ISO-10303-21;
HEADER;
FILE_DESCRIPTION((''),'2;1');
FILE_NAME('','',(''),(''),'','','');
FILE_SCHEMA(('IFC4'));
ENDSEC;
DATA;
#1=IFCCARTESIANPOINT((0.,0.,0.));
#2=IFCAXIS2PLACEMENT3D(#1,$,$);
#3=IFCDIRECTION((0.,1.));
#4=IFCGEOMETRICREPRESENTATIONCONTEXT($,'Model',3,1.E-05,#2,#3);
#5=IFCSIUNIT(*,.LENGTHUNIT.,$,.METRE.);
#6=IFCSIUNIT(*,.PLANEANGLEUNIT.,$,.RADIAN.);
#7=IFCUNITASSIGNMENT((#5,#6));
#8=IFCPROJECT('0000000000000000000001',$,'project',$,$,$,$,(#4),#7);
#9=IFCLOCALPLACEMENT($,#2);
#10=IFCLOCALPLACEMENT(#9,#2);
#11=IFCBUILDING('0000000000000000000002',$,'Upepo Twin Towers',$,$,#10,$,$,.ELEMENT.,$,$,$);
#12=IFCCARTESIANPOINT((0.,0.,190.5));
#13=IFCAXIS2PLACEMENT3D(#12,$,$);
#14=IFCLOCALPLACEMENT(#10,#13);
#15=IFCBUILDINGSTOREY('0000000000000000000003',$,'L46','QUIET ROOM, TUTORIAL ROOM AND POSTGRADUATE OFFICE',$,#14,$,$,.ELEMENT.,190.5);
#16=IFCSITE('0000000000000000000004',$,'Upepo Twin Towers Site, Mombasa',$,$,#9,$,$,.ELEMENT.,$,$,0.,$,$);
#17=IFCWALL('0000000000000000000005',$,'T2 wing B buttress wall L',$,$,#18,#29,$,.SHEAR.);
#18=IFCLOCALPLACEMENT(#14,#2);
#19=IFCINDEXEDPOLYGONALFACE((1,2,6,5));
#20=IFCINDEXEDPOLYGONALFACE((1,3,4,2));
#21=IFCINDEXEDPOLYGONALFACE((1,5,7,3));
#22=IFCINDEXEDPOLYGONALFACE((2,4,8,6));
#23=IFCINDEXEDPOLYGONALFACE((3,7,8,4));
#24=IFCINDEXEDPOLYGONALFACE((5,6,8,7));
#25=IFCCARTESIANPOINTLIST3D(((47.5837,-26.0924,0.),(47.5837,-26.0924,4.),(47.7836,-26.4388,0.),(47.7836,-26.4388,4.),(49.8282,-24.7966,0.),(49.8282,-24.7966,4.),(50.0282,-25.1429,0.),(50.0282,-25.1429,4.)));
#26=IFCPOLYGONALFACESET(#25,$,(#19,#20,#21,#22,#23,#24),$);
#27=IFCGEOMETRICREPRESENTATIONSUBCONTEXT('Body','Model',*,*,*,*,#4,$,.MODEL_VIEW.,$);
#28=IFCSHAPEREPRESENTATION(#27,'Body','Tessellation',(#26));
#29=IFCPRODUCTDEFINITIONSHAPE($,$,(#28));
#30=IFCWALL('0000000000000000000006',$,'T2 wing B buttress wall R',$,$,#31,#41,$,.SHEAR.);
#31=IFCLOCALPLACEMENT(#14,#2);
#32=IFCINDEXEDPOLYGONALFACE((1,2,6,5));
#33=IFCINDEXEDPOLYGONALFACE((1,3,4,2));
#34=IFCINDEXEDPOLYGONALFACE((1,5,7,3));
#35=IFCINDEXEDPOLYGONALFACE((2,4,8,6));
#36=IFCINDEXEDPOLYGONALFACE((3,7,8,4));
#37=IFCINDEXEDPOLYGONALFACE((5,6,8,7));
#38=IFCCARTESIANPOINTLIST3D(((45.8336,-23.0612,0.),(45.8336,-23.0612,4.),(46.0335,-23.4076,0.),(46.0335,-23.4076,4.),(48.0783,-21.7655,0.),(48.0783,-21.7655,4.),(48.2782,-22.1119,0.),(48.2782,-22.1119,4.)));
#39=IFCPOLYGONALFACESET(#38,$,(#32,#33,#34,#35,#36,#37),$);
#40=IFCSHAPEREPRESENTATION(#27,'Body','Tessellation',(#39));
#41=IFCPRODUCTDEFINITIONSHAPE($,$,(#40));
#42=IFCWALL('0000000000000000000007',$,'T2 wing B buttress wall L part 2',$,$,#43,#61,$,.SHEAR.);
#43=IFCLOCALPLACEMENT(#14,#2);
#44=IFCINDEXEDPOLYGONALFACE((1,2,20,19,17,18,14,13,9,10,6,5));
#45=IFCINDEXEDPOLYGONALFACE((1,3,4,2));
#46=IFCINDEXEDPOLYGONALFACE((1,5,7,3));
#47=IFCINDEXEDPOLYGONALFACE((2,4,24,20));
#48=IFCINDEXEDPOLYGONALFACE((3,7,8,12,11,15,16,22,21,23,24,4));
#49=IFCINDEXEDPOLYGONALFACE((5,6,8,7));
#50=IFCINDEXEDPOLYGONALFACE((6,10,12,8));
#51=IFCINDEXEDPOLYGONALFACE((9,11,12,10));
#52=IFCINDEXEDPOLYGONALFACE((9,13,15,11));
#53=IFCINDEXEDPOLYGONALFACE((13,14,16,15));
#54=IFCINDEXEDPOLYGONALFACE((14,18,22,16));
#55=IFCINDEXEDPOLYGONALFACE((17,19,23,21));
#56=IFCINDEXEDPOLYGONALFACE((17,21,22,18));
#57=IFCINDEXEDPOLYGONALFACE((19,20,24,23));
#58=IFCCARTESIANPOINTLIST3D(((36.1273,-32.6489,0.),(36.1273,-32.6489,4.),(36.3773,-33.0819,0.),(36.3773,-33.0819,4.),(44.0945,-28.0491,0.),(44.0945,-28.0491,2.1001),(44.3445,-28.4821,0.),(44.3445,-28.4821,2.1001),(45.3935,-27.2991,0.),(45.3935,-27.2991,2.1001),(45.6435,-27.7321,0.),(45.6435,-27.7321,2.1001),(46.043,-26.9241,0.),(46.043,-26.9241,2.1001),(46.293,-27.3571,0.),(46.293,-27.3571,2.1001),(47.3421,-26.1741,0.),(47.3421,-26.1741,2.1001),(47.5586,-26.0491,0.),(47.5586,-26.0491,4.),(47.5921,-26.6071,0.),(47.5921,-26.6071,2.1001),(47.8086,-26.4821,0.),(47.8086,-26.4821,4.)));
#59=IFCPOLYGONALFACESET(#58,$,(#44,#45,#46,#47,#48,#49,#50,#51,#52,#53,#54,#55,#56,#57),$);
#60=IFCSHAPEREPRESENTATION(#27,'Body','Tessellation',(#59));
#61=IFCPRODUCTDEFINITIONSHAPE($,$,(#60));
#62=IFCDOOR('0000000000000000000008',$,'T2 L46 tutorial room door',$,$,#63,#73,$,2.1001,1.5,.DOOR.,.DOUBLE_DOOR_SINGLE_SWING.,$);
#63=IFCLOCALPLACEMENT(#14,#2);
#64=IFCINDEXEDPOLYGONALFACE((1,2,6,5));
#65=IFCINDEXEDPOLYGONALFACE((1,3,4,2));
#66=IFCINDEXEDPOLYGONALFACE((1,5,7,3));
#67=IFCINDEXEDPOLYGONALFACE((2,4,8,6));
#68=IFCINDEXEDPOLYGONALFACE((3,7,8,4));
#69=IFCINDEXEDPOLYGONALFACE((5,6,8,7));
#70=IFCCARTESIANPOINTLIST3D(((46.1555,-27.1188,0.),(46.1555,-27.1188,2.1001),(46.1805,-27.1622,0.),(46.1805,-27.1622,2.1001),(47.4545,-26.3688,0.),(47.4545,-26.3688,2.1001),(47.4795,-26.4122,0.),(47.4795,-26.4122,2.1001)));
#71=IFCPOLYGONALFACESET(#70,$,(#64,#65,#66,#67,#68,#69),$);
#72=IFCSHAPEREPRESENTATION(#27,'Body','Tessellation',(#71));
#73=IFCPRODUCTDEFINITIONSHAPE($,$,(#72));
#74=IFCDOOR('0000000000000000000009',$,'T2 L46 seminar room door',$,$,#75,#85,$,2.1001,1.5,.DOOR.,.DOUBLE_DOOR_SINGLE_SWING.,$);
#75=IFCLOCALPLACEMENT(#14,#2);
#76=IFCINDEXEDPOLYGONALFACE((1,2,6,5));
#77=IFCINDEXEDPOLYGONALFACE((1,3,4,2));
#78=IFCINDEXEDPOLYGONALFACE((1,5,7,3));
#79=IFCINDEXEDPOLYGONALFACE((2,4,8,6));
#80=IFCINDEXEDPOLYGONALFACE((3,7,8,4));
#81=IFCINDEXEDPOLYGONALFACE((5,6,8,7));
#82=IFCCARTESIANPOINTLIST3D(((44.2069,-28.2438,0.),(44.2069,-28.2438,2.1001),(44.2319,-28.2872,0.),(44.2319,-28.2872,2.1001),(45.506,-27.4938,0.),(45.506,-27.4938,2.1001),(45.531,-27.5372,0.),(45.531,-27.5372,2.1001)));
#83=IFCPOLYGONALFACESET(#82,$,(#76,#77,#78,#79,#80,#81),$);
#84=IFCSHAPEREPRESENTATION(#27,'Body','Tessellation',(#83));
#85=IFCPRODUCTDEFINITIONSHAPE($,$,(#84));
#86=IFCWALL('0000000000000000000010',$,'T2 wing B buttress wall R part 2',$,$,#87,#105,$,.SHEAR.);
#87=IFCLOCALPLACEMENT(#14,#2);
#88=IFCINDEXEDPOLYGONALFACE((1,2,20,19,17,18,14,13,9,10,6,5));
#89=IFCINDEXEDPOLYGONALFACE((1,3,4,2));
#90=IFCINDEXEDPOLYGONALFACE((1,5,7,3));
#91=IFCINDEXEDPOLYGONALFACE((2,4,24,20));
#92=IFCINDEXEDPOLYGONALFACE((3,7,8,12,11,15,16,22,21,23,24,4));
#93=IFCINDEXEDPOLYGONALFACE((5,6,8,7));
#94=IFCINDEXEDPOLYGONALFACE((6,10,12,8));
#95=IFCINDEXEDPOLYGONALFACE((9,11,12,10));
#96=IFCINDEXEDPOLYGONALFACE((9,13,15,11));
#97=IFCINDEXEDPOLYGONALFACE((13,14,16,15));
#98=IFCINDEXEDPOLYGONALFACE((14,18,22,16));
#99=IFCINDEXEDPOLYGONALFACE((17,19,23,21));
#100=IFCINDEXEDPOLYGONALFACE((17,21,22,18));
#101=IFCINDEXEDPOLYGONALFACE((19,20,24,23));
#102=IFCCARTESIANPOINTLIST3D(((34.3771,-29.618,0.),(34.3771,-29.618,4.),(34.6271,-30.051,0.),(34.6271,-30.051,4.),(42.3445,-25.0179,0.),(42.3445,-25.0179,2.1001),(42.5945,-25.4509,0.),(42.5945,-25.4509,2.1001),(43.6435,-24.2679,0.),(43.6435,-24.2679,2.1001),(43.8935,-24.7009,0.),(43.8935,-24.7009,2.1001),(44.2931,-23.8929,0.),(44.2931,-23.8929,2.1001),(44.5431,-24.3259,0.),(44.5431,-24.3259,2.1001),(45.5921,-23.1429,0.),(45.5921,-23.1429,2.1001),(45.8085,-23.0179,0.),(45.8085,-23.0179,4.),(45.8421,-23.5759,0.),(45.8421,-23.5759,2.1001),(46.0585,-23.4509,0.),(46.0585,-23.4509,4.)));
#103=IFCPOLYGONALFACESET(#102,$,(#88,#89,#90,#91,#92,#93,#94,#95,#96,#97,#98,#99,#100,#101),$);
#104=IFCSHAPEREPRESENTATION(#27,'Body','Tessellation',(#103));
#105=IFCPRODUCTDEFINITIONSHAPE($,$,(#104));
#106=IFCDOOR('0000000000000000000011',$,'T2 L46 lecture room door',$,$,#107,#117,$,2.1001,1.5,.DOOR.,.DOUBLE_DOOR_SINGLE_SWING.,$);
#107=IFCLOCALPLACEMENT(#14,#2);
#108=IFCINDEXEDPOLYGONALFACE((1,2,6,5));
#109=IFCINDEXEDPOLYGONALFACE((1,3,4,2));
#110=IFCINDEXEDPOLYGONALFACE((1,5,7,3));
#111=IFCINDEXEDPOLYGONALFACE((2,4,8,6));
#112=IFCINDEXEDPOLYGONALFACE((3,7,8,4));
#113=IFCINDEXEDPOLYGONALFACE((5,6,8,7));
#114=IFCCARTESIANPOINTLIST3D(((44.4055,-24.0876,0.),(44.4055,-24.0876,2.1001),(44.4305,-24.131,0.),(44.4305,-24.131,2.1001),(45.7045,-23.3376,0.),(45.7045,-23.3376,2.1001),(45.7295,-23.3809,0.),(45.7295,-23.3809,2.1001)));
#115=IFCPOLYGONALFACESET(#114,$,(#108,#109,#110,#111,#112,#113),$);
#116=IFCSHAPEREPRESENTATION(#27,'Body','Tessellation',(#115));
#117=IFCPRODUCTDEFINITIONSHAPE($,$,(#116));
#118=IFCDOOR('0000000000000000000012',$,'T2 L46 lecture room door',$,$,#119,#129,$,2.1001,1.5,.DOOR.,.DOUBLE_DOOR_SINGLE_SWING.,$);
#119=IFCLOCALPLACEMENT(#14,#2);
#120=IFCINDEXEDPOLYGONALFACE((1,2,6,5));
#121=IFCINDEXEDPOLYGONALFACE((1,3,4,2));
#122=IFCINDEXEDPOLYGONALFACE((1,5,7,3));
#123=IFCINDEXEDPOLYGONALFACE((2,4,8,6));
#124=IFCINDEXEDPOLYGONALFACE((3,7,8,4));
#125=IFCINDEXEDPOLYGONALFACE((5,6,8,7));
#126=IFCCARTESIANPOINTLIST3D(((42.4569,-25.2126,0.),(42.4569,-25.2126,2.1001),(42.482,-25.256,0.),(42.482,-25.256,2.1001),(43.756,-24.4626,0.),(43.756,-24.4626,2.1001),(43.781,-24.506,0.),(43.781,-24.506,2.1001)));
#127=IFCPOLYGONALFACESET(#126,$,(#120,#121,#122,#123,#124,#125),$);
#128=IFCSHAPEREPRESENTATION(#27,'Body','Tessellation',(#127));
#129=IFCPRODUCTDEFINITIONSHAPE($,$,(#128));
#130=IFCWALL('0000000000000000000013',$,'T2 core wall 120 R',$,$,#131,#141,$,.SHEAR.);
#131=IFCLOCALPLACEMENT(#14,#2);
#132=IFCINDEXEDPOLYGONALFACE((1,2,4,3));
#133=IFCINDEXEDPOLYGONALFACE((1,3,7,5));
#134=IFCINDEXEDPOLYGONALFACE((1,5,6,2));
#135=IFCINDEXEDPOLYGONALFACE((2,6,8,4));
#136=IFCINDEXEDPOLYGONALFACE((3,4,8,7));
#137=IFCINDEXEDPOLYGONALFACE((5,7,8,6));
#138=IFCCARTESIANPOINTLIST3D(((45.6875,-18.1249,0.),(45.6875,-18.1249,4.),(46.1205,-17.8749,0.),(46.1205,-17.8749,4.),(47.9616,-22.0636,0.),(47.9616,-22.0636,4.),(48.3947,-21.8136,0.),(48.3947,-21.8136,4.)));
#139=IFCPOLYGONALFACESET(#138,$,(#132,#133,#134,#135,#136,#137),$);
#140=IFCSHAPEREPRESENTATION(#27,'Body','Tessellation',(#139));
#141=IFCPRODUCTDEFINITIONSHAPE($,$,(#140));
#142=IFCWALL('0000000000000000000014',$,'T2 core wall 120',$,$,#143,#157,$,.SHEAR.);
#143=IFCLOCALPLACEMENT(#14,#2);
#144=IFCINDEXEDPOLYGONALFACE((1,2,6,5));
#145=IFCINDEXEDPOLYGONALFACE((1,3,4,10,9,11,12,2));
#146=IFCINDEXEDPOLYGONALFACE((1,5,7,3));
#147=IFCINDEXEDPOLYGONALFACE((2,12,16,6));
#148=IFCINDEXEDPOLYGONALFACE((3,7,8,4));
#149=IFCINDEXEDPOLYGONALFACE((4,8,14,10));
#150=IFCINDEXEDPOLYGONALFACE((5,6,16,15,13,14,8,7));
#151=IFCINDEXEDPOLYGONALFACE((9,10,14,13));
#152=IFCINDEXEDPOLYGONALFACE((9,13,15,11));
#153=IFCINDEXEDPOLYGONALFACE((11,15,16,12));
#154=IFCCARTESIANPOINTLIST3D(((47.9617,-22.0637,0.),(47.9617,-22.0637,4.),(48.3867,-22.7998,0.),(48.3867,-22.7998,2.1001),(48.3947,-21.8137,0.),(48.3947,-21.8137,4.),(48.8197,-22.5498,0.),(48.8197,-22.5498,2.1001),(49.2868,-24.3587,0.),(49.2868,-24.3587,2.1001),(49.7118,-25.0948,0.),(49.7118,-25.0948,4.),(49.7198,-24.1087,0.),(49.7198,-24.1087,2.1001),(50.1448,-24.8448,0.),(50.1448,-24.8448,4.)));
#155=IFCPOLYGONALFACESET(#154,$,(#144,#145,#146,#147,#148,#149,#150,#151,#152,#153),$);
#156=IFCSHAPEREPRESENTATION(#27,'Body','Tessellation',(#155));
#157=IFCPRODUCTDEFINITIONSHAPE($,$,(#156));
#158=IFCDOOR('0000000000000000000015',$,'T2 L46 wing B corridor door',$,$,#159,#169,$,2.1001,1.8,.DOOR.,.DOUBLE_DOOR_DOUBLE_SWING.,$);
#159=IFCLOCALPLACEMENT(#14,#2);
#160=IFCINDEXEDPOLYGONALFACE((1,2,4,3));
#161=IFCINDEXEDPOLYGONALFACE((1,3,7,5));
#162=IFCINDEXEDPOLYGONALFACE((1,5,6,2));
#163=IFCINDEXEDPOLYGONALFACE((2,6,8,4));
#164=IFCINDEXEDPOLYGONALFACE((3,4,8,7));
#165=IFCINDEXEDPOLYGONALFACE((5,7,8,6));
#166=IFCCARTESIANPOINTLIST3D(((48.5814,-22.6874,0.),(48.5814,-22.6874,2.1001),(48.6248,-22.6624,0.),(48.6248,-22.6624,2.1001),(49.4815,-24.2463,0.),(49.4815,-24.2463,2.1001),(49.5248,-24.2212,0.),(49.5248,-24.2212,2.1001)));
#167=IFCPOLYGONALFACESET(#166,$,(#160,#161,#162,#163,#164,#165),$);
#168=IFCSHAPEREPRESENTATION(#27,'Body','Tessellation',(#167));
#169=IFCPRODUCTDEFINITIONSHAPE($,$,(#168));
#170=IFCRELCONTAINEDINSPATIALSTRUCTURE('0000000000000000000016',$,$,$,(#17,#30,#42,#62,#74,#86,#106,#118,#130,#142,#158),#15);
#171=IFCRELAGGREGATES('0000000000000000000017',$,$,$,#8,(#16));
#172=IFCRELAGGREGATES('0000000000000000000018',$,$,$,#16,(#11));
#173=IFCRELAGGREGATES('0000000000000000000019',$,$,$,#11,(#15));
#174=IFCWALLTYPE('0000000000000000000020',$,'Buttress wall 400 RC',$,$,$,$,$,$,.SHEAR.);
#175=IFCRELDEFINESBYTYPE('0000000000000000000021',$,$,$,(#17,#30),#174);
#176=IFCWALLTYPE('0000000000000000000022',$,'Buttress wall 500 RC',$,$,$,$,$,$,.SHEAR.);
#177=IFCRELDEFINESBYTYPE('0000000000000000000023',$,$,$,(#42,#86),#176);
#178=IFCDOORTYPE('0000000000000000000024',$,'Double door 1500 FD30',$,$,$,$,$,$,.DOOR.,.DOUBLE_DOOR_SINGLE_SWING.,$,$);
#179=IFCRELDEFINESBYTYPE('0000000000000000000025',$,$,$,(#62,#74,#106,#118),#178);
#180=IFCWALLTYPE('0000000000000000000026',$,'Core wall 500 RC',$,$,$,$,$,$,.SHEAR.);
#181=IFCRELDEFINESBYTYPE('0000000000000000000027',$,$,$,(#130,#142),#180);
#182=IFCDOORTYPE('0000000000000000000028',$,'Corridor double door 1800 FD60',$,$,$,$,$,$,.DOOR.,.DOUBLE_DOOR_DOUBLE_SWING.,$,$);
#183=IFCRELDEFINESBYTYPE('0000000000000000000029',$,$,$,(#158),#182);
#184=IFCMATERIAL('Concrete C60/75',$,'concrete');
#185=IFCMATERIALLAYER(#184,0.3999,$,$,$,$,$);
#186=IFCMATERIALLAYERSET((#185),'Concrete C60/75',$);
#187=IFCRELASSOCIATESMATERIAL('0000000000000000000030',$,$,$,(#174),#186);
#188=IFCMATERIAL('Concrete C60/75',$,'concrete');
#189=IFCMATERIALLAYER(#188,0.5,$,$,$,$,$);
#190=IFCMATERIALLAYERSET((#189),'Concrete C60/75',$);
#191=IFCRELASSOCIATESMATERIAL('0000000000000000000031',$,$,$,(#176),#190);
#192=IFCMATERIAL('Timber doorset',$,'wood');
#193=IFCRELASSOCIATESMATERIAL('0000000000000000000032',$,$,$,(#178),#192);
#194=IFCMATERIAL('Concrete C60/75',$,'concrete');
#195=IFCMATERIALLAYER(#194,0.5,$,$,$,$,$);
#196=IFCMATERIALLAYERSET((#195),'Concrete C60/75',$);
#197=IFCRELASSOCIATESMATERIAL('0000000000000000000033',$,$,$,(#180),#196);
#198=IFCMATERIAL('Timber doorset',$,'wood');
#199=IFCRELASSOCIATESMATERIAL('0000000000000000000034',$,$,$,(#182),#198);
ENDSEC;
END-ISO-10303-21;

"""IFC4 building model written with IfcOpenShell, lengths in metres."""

from ifc_helpers import new_model, si_unit, direction, frame, frame_2d, origin, place, context, subcontext, project, spatial, rectangle, extrude, material, layer, layer_set, type_object, element, fill, save


model = new_model("IFC4")

# Units and contexts
model_context = context("Model", 3, precision=1e-05, world=origin(), true_north=direction((0.0, 1.0)))
body_context = subcontext(model_context, "Body", "Model", "MODEL_VIEW")
ifc_project = project(units=[si_unit("LENGTHUNIT", "METRE"), si_unit("PLANEANGLEUNIT", "RADIAN")], contexts=[model_context])

# Site, building, storey
site_placement = place(None, origin())
site = spatial("IfcSite", under=ifc_project, at=site_placement, Name="Upepo Twin Towers Site, Mombasa", CompositionType="ELEMENT", RefElevation=0.0)
building_placement = place(site_placement, origin())
building = spatial("IfcBuilding", under=site, at=building_placement, Name="Upepo Twin Towers", CompositionType="ELEMENT")
storey_placement = place(building_placement, frame((0.0, 0.0, 190.5)))
storey = spatial("IfcBuildingStorey", under=building, at=storey_placement, Name="L46", Description="QUIET ROOM, TUTORIAL ROOM AND POSTGRADUATE OFFICE", CompositionType="ELEMENT", Elevation=190.5)

# Walls
ifc_material_1 = material(Name="Concrete C60/75", Category="concrete")
ifc_layer_1 = layer(ifc_material_1, 0.3999)
ifc_layer_set_1 = layer_set([ifc_layer_1], Name="Concrete C60/75")
wall_type_1 = type_object("IfcWallType", Name="Buttress wall 400 RC", PredefinedType="SHEAR", material=ifc_layer_set_1)
for number, where, z_axis, x_axis, name in (
    (1, (49.9282, -24.9697, 0.0), (0.0, 0.0, 1.0), (-0.866032, -0.499989, 0.0), "T2 wing B buttress wall L"),
    (2, (48.1782, -21.9387, 0.0), (0.0, 0.0, 1.0), (-0.866073, -0.499918, 0.0), "T2 wing B buttress wall R"),
):
    element("IfcWall", number, at=place(storey_placement, frame(where, z_axis=z_axis, x_axis=x_axis)), inside=storey, type_object=wall_type_1, Name=name, PredefinedType="SHEAR", context=body_context, shape_type="SweptSolid", body=[
        extrude(rectangle(XDim=2.5918, YDim=0.3999, at=frame_2d((1.2959, 0.0))), origin(), (0.0, 0.0, 1.0), 4.0),
    ])

# Walls, openings, doors
ifc_material_2 = material(Name="Concrete C60/75", Category="concrete")
ifc_layer_2 = layer(ifc_material_2, 0.5)
ifc_layer_set_2 = layer_set([ifc_layer_2], Name="Concrete C60/75")
wall_type_2 = type_object("IfcWallType", Name="Buttress wall 500 RC", PredefinedType="SHEAR", material=ifc_layer_set_2)
wall_1_placement = place(storey_placement, frame((47.6836, -26.2656, 0.0), z_axis=(0.0, 0.0, 1.0), x_axis=(-0.866028, -0.499996, 0.0)))
wall_1 = element("IfcWall", 3, at=wall_1_placement, inside=storey, type_object=wall_type_2, Name="T2 wing B buttress wall L part 2", PredefinedType="SHEAR", context=body_context, shape_type="SweptSolid", body=[
    extrude(rectangle(XDim=13.1997, YDim=0.5, at=frame_2d((6.5999, 0.0))), origin(), (0.0, 0.0, 1.0), 4.0),
])
opening_1_placement = place(wall_1_placement, frame((0.25, 0.0, 0.0)))
opening_1 = element("IfcOpeningElement", 4, at=opening_1_placement, cuts=wall_1, PredefinedType="OPENING", context=body_context, shape_type="SweptSolid", body=[
    extrude(rectangle(XDim=1.5, YDim=2.1001, at=frame_2d((0.75, 1.05))), frame((0.0, 0.26, 0.0), z_axis=(0.0, -1.0, 0.0), x_axis=(1.0, 0.0, 0.0)), (0.0, 0.0, 1.0), 0.52),
])
opening_2_placement = place(wall_1_placement, frame((2.5, 0.0, 0.0)))
opening_2 = element("IfcOpeningElement", 5, at=opening_2_placement, cuts=wall_1, PredefinedType="OPENING", context=body_context, shape_type="SweptSolid", body=[
    extrude(rectangle(XDim=1.5, YDim=2.1001, at=frame_2d((0.75, 1.05))), frame((0.0, 0.26, 0.0), z_axis=(0.0, -1.0, 0.0), x_axis=(1.0, 0.0, 0.0)), (0.0, 0.0, 1.0), 0.52),
])
ifc_material_3 = material(Name="Timber doorset", Category="wood")
door_type_1 = type_object("IfcDoorType", Name="Double door 1500 FD30", OperationType="DOUBLE_DOOR_SINGLE_SWING", PredefinedType="DOOR", material=ifc_material_3)
door_1_placement = place(opening_1_placement, origin())
door_1 = element("IfcDoor", 6, at=door_1_placement, inside=storey, type_object=door_type_1, Name="T2 L46 tutorial room door", OperationType="DOUBLE_DOOR_SINGLE_SWING", OverallHeight=2.1001, OverallWidth=1.5, PredefinedType="DOOR", context=body_context, shape_type="SweptSolid", body=[
    extrude(rectangle(XDim=1.5, YDim=2.1001, at=frame_2d((0.75, 1.05))), frame((0.0, 0.0249, 0.0), z_axis=(0.0, -1.0, 0.0), x_axis=(1.0, 0.0, 0.0)), (0.0, 0.0, 1.0), 0.05),
])
fill(opening_1, door_1)
door_2_placement = place(opening_2_placement, origin())
door_2 = element("IfcDoor", 7, at=door_2_placement, inside=storey, type_object=door_type_1, Name="T2 L46 seminar room door", OperationType="DOUBLE_DOOR_SINGLE_SWING", OverallHeight=2.1001, OverallWidth=1.5, PredefinedType="DOOR", context=body_context, shape_type="SweptSolid", body=[
    extrude(rectangle(XDim=1.5, YDim=2.1001, at=frame_2d((0.75, 1.05))), frame((0.0, 0.0249, 0.0), z_axis=(0.0, -1.0, 0.0), x_axis=(1.0, 0.0, 0.0)), (0.0, 0.0, 1.0), 0.05),
])
fill(opening_2, door_2)
wall_2_placement = place(storey_placement, frame((45.9336, -23.2344, 0.0), z_axis=(0.0, 0.0, 1.0), x_axis=(-0.86602, -0.50001, 0.0)))
wall_2 = element("IfcWall", 8, at=wall_2_placement, inside=storey, type_object=wall_type_2, Name="T2 wing B buttress wall R part 2", PredefinedType="SHEAR", context=body_context, shape_type="SweptSolid", body=[
    extrude(rectangle(XDim=13.2, YDim=0.5, at=frame_2d((6.6001, 0.0))), origin(), (0.0, 0.0, 1.0), 4.0),
])
opening_3_placement = place(wall_2_placement, frame((0.25, 0.0, 0.0)))
opening_3 = element("IfcOpeningElement", 9, at=opening_3_placement, cuts=wall_2, PredefinedType="OPENING", context=body_context, shape_type="SweptSolid", body=[
    extrude(rectangle(XDim=1.5, YDim=2.1001, at=frame_2d((0.75, 1.05))), frame((0.0, 0.26, 0.0), z_axis=(0.0, -1.0, 0.0), x_axis=(1.0, 0.0, 0.0)), (0.0, 0.0, 1.0), 0.52),
])
opening_4_placement = place(wall_2_placement, frame((2.5, 0.0, 0.0)))
opening_4 = element("IfcOpeningElement", 10, at=opening_4_placement, cuts=wall_2, PredefinedType="OPENING", context=body_context, shape_type="SweptSolid", body=[
    extrude(rectangle(XDim=1.5, YDim=2.1001, at=frame_2d((0.75, 1.05))), frame((0.0, 0.26, 0.0), z_axis=(0.0, -1.0, 0.0), x_axis=(1.0, 0.0, 0.0)), (0.0, 0.0, 1.0), 0.52),
])
door_3_placement = place(opening_3_placement, origin())
door_3 = element("IfcDoor", 11, at=door_3_placement, inside=storey, type_object=door_type_1, Name="T2 L46 lecture room door", OperationType="DOUBLE_DOOR_SINGLE_SWING", OverallHeight=2.1001, OverallWidth=1.5, PredefinedType="DOOR", context=body_context, shape_type="SweptSolid", body=[
    extrude(rectangle(XDim=1.5, YDim=2.1001, at=frame_2d((0.75, 1.05))), frame((0.0, 0.0249, 0.0), z_axis=(0.0, -1.0, 0.0), x_axis=(1.0, 0.0, 0.0)), (0.0, 0.0, 1.0), 0.05),
])
fill(opening_3, door_3)
door_4_placement = place(opening_4_placement, origin())
door_4 = element("IfcDoor", 12, at=door_4_placement, inside=storey, type_object=door_type_1, Name="T2 L46 lecture room door", OperationType="DOUBLE_DOOR_SINGLE_SWING", OverallHeight=2.1001, OverallWidth=1.5, PredefinedType="DOOR", context=body_context, shape_type="SweptSolid", body=[
    extrude(rectangle(XDim=1.5, YDim=2.1001, at=frame_2d((0.75, 1.05))), frame((0.0, 0.0249, 0.0), z_axis=(0.0, -1.0, 0.0), x_axis=(1.0, 0.0, 0.0)), (0.0, 0.0, 1.0), 0.05),
])
fill(opening_4, door_4)

# Wall
ifc_material_4 = material(Name="Concrete C60/75", Category="concrete")
ifc_layer_3 = layer(ifc_material_4, 0.5)
ifc_layer_set_3 = layer_set([ifc_layer_3], Name="Concrete C60/75")
wall_type_3 = type_object("IfcWallType", Name="Core wall 500 RC", PredefinedType="SHEAR", material=ifc_layer_set_3)
wall_3_placement = place(storey_placement, frame((45.9041, -18.0, 0.0), z_axis=(0.0, 0.0, 1.0), x_axis=(0.500024, -0.866011, 0.0)))
element("IfcWall", 13, at=wall_3_placement, inside=storey, type_object=wall_type_3, Name="T2 core wall 120 R", PredefinedType="SHEAR", context=body_context, shape_type="SweptSolid", body=[
    extrude(rectangle(XDim=4.5481, YDim=0.5, at=frame_2d((2.2739, 0.0))), origin(), (0.0, 0.0, 1.0), 4.0),
])

# Wall, opening, door
wall_4_placement = place(storey_placement, frame((48.1782, -21.9387, 0.0), z_axis=(0.0, 0.0, 1.0), x_axis=(0.50001, -0.866019, 0.0)))
wall_4 = element("IfcWall", 14, at=wall_4_placement, inside=storey, type_object=wall_type_3, Name="T2 core wall 120", PredefinedType="SHEAR", context=body_context, shape_type="SweptSolid", body=[
    extrude(rectangle(XDim=3.5, YDim=0.5, at=frame_2d((1.75, 0.0))), origin(), (0.0, 0.0, 1.0), 4.0),
])
opening_5_placement = place(wall_4_placement, frame((0.8501, 0.0, 0.0)))
opening_5 = element("IfcOpeningElement", 15, at=opening_5_placement, cuts=wall_4, PredefinedType="OPENING", context=body_context, shape_type="SweptSolid", body=[
    extrude(rectangle(XDim=1.8, YDim=2.1001, at=frame_2d((0.8999, 1.05))), frame((0.0, 0.26, 0.0), z_axis=(0.0, -1.0, 0.0), x_axis=(1.0, 0.0, 0.0)), (0.0, 0.0, 1.0), 0.52),
])
ifc_material_5 = material(Name="Timber doorset", Category="wood")
door_type_2 = type_object("IfcDoorType", Name="Corridor double door 1800 FD60", OperationType="DOUBLE_DOOR_DOUBLE_SWING", PredefinedType="DOOR", material=ifc_material_5)
door_5_placement = place(opening_5_placement, origin())
door_5 = element("IfcDoor", 16, at=door_5_placement, inside=storey, type_object=door_type_2, Name="T2 L46 wing B corridor door", OperationType="DOUBLE_DOOR_DOUBLE_SWING", OverallHeight=2.1001, OverallWidth=1.8, PredefinedType="DOOR", context=body_context, shape_type="SweptSolid", body=[
    extrude(rectangle(XDim=1.8, YDim=2.1001, at=frame_2d((0.8999, 1.05))), frame((0.0, 0.0249, 0.0), z_axis=(0.0, -1.0, 0.0), x_axis=(1.0, 0.0, 0.0)), (0.0, 0.0, 1.0), 0.05),
])
fill(opening_5, door_5)

save(model, "model.ifc")
